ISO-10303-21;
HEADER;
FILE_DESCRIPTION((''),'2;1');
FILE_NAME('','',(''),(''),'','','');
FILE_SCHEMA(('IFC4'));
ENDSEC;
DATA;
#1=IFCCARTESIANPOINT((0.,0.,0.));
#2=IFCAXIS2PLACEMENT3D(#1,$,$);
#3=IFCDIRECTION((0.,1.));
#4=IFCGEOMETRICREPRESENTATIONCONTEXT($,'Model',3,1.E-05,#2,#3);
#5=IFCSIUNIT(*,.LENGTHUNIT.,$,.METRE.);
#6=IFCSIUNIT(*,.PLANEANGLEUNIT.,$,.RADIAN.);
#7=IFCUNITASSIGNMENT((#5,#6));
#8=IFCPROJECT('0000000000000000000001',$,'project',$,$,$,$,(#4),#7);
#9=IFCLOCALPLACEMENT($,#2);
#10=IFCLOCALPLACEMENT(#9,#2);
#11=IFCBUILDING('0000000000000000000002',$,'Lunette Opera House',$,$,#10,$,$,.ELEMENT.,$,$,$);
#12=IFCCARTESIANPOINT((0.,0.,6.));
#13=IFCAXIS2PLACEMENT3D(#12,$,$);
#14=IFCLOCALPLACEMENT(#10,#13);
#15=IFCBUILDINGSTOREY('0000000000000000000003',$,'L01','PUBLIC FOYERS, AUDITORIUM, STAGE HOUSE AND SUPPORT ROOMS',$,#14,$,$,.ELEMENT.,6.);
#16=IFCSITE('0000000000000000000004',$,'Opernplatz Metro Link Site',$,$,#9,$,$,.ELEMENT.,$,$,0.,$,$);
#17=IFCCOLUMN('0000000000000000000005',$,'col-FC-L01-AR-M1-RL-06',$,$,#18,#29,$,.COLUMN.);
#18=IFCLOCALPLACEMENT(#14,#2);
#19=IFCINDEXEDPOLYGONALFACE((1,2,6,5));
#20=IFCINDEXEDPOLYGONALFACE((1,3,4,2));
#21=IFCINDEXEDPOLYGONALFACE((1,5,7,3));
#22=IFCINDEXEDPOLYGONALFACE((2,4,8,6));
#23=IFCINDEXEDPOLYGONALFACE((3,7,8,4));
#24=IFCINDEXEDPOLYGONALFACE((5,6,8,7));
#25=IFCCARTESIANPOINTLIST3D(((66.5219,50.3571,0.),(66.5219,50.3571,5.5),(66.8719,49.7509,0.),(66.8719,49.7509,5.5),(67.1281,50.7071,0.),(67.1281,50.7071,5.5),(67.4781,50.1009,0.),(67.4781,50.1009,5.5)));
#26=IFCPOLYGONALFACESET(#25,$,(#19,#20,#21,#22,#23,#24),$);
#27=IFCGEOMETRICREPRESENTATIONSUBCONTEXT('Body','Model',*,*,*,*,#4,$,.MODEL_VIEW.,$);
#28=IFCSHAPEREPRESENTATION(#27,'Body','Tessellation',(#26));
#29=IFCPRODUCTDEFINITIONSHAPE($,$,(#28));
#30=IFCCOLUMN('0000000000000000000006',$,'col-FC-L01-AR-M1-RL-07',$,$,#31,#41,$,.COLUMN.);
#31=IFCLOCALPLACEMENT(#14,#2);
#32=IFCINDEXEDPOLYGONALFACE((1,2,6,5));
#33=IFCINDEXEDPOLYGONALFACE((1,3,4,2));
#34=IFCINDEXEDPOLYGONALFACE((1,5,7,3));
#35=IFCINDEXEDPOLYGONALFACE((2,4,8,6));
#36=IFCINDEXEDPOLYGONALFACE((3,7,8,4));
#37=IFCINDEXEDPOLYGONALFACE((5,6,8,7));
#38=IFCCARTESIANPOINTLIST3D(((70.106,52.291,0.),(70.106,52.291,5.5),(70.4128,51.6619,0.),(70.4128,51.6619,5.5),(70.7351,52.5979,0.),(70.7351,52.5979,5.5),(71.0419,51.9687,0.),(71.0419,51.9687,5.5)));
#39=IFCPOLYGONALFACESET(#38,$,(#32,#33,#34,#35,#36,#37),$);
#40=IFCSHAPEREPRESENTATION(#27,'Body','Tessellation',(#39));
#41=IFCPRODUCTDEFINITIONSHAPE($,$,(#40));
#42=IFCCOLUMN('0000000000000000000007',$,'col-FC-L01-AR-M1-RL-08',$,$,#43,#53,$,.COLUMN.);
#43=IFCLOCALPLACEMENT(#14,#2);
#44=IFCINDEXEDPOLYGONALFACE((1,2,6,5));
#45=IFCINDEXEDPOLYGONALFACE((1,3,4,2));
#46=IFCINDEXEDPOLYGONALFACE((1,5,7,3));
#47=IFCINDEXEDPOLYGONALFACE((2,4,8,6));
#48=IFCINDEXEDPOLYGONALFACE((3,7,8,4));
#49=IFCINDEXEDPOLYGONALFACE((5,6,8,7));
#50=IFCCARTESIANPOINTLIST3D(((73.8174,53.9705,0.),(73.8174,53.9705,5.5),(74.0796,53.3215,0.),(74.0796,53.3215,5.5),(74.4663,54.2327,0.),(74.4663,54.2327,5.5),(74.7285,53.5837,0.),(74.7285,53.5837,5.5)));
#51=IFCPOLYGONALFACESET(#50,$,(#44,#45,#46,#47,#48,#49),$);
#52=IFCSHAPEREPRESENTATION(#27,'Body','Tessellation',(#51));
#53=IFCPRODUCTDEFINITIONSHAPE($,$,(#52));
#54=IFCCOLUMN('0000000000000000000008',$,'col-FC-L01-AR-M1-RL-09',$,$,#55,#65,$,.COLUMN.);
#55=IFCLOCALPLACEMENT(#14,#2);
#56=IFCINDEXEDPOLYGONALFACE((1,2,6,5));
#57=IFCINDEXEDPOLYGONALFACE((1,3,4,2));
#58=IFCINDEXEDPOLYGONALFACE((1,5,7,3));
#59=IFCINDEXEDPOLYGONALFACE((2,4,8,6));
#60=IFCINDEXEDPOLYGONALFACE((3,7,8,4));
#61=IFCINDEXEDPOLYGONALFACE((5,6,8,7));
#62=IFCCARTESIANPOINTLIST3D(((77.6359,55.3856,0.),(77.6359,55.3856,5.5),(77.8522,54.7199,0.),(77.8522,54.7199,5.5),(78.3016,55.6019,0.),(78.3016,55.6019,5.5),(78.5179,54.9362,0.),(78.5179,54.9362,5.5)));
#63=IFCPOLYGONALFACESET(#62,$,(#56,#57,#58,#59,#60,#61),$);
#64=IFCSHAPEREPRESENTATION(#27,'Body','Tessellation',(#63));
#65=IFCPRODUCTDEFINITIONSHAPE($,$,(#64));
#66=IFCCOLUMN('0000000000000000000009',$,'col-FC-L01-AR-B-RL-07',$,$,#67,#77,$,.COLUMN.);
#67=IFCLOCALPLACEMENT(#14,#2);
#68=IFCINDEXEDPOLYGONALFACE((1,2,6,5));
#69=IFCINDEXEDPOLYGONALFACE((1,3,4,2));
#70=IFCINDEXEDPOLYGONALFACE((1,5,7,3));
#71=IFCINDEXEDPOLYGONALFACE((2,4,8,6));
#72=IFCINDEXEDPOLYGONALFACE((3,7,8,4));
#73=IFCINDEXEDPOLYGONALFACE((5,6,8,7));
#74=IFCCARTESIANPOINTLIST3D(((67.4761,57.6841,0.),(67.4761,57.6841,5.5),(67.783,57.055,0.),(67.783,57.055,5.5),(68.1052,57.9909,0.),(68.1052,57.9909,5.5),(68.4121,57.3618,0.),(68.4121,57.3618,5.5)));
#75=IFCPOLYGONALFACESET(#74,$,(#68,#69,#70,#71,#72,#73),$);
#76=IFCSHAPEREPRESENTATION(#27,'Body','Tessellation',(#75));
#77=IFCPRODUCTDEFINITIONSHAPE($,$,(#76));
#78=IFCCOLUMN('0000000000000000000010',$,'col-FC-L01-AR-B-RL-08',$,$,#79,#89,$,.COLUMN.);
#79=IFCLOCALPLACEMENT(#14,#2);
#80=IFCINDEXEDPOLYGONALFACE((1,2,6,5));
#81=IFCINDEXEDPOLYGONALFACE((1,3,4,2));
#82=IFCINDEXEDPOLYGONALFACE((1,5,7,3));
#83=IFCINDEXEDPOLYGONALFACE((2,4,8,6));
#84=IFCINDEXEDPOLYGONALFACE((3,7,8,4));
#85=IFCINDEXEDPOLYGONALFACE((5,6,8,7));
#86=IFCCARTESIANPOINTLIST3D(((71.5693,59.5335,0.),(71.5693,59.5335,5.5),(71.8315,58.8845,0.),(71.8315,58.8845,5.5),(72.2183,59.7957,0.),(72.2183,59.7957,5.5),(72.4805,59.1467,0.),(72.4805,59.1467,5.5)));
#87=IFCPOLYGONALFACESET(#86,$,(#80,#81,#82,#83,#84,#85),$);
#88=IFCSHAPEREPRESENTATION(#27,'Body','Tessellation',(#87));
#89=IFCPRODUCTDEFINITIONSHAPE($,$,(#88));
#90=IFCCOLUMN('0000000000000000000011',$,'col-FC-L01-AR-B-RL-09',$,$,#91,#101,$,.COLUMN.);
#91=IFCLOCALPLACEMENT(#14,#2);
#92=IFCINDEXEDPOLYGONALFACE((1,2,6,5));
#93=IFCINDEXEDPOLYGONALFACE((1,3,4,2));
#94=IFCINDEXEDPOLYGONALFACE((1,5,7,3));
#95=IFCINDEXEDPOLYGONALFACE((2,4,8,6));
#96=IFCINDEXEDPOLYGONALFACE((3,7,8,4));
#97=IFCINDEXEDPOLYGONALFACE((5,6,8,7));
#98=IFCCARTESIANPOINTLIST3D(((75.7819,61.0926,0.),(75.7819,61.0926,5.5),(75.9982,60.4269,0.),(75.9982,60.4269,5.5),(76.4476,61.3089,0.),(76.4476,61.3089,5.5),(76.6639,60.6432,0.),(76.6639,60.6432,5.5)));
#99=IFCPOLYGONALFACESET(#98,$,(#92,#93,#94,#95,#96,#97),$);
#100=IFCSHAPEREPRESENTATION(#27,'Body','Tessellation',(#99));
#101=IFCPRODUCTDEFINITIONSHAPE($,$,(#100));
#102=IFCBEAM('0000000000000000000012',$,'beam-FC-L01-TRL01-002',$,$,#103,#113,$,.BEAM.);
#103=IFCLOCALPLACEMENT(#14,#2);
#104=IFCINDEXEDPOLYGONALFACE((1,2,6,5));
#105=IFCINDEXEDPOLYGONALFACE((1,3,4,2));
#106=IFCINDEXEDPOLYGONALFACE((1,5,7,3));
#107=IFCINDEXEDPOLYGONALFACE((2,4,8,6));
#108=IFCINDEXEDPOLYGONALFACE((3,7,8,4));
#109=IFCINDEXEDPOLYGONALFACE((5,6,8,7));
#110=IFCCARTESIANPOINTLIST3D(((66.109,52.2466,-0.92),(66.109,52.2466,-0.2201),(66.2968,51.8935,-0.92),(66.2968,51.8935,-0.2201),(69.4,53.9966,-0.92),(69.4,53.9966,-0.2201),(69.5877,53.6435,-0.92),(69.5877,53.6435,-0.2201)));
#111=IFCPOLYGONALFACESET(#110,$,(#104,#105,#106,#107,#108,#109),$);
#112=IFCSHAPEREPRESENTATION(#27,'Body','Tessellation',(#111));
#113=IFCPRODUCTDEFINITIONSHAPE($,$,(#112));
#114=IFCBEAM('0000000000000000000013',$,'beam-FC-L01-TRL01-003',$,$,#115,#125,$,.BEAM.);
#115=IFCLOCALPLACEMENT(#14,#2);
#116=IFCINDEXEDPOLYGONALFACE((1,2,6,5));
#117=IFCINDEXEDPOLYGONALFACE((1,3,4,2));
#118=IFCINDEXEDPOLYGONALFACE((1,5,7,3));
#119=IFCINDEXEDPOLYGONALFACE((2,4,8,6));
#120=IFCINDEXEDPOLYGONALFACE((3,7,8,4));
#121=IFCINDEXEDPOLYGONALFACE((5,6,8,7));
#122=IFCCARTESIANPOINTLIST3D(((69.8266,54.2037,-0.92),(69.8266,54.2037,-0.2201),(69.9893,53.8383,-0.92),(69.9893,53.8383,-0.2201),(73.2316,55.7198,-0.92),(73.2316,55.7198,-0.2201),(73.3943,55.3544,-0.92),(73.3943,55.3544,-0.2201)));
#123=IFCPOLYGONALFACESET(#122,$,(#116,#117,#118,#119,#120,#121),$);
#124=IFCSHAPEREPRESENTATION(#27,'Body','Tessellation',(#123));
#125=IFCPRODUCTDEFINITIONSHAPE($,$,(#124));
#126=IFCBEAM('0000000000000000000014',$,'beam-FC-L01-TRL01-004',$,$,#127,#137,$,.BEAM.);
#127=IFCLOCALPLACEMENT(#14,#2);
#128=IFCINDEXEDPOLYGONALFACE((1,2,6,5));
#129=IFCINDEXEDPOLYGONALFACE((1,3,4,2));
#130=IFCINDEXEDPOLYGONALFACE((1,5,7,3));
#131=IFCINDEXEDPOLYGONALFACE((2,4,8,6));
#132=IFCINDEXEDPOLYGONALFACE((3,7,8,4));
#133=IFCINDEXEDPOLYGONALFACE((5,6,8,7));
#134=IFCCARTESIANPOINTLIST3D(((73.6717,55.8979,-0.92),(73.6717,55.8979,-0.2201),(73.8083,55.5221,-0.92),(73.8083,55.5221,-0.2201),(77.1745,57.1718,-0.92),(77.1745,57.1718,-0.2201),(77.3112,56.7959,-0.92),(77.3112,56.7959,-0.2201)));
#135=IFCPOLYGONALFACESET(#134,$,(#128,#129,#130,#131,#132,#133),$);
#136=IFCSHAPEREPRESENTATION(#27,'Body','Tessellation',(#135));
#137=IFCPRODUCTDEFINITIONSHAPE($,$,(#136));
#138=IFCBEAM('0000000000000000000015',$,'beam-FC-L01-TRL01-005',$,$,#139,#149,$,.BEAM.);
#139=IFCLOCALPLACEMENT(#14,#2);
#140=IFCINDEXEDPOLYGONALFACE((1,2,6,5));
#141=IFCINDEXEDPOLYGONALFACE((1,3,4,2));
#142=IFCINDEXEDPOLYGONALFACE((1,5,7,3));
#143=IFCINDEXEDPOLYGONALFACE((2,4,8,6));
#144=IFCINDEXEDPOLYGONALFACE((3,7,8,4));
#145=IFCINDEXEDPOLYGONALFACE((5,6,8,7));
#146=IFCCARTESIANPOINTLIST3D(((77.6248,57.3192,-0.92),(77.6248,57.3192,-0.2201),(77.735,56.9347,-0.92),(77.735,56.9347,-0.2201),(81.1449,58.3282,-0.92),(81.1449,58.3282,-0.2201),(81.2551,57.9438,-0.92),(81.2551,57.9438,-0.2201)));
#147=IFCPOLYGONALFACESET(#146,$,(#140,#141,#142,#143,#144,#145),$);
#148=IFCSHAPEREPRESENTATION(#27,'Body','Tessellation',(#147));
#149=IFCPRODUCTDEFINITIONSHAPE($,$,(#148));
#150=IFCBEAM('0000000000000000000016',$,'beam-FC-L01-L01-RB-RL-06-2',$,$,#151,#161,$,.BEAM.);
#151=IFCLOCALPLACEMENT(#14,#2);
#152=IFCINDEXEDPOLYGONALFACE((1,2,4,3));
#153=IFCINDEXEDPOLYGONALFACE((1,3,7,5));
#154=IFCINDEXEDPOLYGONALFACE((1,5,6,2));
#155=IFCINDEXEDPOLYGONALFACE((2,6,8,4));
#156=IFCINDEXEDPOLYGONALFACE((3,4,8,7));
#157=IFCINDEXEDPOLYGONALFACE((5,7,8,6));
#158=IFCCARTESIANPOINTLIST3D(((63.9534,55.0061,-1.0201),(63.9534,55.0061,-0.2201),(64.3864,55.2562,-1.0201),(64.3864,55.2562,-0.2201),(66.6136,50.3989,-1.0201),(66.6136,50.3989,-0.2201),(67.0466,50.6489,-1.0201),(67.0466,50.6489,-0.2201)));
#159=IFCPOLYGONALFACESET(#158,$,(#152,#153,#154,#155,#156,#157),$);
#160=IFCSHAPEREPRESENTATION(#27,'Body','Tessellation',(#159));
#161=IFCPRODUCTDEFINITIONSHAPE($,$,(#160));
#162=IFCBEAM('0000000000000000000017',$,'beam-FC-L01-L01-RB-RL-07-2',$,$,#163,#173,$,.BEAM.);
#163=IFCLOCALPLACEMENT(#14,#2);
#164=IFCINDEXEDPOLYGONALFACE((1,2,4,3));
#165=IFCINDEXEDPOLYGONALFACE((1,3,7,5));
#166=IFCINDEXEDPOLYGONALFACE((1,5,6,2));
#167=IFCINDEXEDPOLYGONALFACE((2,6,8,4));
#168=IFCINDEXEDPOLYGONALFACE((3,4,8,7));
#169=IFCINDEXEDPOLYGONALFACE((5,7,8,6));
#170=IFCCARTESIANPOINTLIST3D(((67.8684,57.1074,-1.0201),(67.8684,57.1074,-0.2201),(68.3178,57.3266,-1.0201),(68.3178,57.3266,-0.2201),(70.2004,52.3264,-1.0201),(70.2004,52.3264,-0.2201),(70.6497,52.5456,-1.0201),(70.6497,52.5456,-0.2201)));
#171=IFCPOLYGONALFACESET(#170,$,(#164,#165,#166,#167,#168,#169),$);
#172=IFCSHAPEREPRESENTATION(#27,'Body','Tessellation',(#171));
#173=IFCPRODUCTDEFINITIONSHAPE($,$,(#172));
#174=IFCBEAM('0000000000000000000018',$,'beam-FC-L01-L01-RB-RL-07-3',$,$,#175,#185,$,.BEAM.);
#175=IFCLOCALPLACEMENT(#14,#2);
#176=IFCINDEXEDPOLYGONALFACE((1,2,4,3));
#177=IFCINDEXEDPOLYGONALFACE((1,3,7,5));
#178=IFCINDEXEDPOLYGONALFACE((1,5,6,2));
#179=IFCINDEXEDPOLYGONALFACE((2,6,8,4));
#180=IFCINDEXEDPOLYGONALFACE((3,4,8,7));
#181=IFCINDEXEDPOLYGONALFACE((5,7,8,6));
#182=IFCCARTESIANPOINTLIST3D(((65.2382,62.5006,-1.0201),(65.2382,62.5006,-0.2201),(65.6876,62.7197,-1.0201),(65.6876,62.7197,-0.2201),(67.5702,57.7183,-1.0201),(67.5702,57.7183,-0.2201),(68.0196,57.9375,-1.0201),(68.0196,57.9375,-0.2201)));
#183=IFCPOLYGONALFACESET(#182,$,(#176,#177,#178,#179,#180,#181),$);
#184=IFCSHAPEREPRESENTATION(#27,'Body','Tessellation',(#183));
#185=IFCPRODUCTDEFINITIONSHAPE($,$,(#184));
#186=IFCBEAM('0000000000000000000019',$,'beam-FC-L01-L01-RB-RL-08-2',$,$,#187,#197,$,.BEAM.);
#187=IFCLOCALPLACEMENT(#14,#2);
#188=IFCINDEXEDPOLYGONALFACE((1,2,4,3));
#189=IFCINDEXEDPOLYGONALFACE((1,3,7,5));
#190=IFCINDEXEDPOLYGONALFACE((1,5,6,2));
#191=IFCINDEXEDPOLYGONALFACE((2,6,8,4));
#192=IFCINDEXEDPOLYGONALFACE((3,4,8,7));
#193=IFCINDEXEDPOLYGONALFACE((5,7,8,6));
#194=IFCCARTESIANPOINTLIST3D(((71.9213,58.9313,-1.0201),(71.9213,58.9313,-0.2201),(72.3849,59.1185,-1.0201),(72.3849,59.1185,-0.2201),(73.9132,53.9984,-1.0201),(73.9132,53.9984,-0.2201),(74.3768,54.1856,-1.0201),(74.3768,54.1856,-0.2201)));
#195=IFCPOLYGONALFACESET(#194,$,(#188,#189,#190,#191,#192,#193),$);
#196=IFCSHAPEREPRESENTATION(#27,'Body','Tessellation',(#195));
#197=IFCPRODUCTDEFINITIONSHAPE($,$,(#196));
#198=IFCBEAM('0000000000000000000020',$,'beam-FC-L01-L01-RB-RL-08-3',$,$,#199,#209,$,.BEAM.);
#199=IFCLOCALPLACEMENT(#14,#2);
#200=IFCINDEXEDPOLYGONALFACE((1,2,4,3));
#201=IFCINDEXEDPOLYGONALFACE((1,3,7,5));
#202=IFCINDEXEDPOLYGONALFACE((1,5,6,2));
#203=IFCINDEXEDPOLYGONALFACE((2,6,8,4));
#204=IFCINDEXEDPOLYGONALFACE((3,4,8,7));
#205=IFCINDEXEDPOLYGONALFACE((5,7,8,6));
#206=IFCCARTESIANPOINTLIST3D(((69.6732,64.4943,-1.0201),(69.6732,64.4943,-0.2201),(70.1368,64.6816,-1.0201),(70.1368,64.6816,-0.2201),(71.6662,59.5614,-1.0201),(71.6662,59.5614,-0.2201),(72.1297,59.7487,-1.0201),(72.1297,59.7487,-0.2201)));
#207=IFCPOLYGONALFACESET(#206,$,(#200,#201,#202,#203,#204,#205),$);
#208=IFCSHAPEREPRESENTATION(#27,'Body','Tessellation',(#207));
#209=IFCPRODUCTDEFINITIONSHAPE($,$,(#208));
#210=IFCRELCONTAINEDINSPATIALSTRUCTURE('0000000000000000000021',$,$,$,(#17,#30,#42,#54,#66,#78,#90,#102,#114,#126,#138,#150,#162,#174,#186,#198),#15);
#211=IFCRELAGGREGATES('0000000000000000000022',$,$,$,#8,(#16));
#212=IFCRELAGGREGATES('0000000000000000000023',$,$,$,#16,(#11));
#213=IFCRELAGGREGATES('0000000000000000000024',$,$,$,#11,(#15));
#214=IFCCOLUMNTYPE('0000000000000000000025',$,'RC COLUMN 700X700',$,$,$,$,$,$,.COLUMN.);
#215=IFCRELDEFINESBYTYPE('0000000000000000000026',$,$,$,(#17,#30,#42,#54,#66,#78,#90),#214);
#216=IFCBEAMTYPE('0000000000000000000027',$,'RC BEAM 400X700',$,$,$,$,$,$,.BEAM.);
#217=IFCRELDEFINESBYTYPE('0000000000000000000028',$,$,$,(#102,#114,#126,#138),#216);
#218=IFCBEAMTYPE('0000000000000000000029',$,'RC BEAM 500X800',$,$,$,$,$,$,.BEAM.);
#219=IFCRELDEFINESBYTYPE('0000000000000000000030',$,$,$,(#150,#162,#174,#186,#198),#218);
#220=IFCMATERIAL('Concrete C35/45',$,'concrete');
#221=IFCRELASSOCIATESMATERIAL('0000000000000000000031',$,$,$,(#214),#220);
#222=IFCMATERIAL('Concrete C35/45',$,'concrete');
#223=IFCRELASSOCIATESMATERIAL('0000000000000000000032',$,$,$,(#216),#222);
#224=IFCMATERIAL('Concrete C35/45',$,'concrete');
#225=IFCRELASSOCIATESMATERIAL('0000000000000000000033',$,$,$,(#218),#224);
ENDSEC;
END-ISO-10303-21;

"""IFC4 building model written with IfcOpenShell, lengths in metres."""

from ifc_helpers import new_model, si_unit, direction, frame, origin, origin_2d, place, context, subcontext, project, spatial, rectangle, extrude, material, material_profile, profile_set, type_object, element, save


model = new_model("IFC4")

# Units and contexts
model_context = context("Model", 3, precision=1e-05, world=origin(), true_north=direction((0.0, 1.0)))
body_context = subcontext(model_context, "Body", "Model", "MODEL_VIEW")
ifc_project = project(units=[si_unit("LENGTHUNIT", "METRE"), si_unit("PLANEANGLEUNIT", "RADIAN")], contexts=[model_context])

# Site, building, storey
site_placement = place(None, origin())
site = spatial("IfcSite", under=ifc_project, at=site_placement, Name="Opernplatz Metro Link Site", CompositionType="ELEMENT", RefElevation=0.0)
building_placement = place(site_placement, origin())
building = spatial("IfcBuilding", under=site, at=building_placement, Name="Lunette Opera House", CompositionType="ELEMENT")
storey_placement = place(building_placement, frame((0.0, 0.0, 6.0)))
storey = spatial("IfcBuildingStorey", under=building, at=storey_placement, Name="L01", Description="PUBLIC FOYERS, AUDITORIUM, STAGE HOUSE AND SUPPORT ROOMS", CompositionType="ELEMENT", Elevation=6.0)

# Columns
ifc_material_1 = material(Name="Concrete C35/45", Category="concrete")
ifc_material_profile_1 = material_profile(ifc_material_1, rectangle(XDim=0.7, YDim=0.7, at=origin_2d()), Name="RC COLUMN 700X700")
ifc_profile_set_1 = profile_set([ifc_material_profile_1], Name="Concrete C35/45")
column_type = type_object("IfcColumnType", Name="RC COLUMN 700X700", PredefinedType="COLUMN", material=ifc_profile_set_1)
for number, where, z_axis, x_axis, name in (
    (1, (67.0, 50.229, 0.0), (0.0, 0.0, 1.0), (0.866025, 0.5, 0.0), "col-FC-L01-AR-M1-RL-06"),
    (2, (70.574, 52.1299, 0.0), (0.0, 0.0, 1.0), (0.898794, 0.438371, 0.0), "col-FC-L01-AR-M1-RL-07"),
    (3, (74.2729, 53.7771, 0.0), (0.0, 0.0, 1.0), (0.927184, 0.374607, 0.0), "col-FC-L01-AR-M1-RL-08"),
    (4, (78.0769, 55.1609, 0.0), (0.0, 0.0, 1.0), (0.951057, 0.309017, 0.0), "col-FC-L01-AR-M1-RL-09"),
    (5, (67.9441, 57.5229, 0.0), (0.0, 0.0, 1.0), (0.898794, 0.438371, 0.0), "col-FC-L01-AR-B-RL-07"),
    (6, (72.0249, 59.3401, 0.0), (0.0, 0.0, 1.0), (0.927184, 0.374607, 0.0), "col-FC-L01-AR-B-RL-08"),
    (7, (76.2229, 60.8679, 0.0), (0.0, 0.0, 1.0), (0.951057, 0.309017, 0.0), "col-FC-L01-AR-B-RL-09"),
):
    element("IfcColumn", number, at=place(storey_placement, frame(where, z_axis=z_axis, x_axis=x_axis)), inside=storey, type_object=column_type, Name=name, PredefinedType="COLUMN", context=body_context, shape_type="SweptSolid", body=[
        extrude(rectangle(XDim=0.7, YDim=0.7, at=origin_2d()), origin(), (0.0, 0.0, 1.0), 5.5),
    ])

# Beams
ifc_material_2 = material(Name="Concrete C35/45", Category="concrete")
ifc_material_profile_2 = material_profile(ifc_material_2, rectangle(XDim=0.3999, YDim=0.7, at=origin_2d()), Name="RC BEAM 400X700")
ifc_profile_set_2 = profile_set([ifc_material_profile_2], Name="Concrete C35/45")
beam_type_1 = type_object("IfcBeamType", Name="RC BEAM 400X700", PredefinedType="BEAM", material=ifc_profile_set_2)
for number, where, z_axis, x_axis, name in (
    (8, (66.2029, 52.0701, -0.5701), (0.882932, 0.4695, 0.0), (-0.4695, 0.882932, 0.0), "beam-FC-L01-TRL01-002"),
    (9, (69.908, 54.021, -0.5701), (0.913536, 0.406758, 0.0), (-0.406758, 0.913536, 0.0), "beam-FC-L01-TRL01-003"),
    (10, (73.74, 55.71, -0.5701), (0.939782, 0.341775, 0.0), (-0.341775, 0.939782, 0.0), "beam-FC-L01-TRL01-004"),
):
    element("IfcBeam", number, at=place(storey_placement, frame(where, z_axis=z_axis, x_axis=x_axis)), inside=storey, type_object=beam_type_1, Name=name, PredefinedType="BEAM", context=body_context, shape_type="SweptSolid", body=[
        extrude(rectangle(XDim=0.3999, YDim=0.7, at=origin_2d()), origin(), (0.0, 0.0, 1.0), 3.7273),
    ])
beam_1_placement = place(storey_placement, frame((77.6799, 57.127, -0.5701), z_axis=(0.961285, 0.275558, 0.0), x_axis=(-0.275558, 0.961285, 0.0)))
element("IfcBeam", 11, at=beam_1_placement, inside=storey, type_object=beam_type_1, Name="beam-FC-L01-TRL01-005", PredefinedType="BEAM", context=body_context, shape_type="SweptSolid", body=[
    extrude(rectangle(XDim=0.3999, YDim=0.7, at=origin_2d()), origin(), (0.0, 0.0, 1.0), 3.6619),
])
ifc_material_3 = material(Name="Concrete C35/45", Category="concrete")
ifc_material_profile_3 = material_profile(ifc_material_3, rectangle(XDim=0.5, YDim=0.8, at=origin_2d()), Name="RC BEAM 500X800")
ifc_profile_set_3 = profile_set([ifc_material_profile_3], Name="Concrete C35/45")
beam_type_2 = type_object("IfcBeamType", Name="RC BEAM 500X800", PredefinedType="BEAM", material=ifc_profile_set_3)
beam_2_placement = place(storey_placement, frame((66.8301, 50.5239, -0.6201), z_axis=(-0.500028, 0.866009, 0.0), x_axis=(-0.866009, -0.500028, 0.0)))
element("IfcBeam", 12, at=beam_2_placement, inside=storey, type_object=beam_type_2, Name="beam-FC-L01-L01-RB-RL-06-2", PredefinedType="BEAM", context=body_context, shape_type="SweptSolid", body=[
    extrude(rectangle(XDim=0.5, YDim=0.8, at=origin_2d()), origin(), (0.0, 0.0, 1.0), 5.3201),
])
beam_3_placement = place(storey_placement, frame((70.425, 52.436, -0.6201), z_axis=(-0.438398, 0.898781, 0.0), x_axis=(-0.898781, -0.438398, 0.0)))
element("IfcBeam", 13, at=beam_3_placement, inside=storey, type_object=beam_type_2, Name="beam-FC-L01-L01-RB-RL-07-2", PredefinedType="BEAM", context=body_context, shape_type="SweptSolid", body=[
    extrude(rectangle(XDim=0.5, YDim=0.8, at=origin_2d()), origin(), (0.0, 0.0, 1.0), 5.3193),
])
beam_4_placement = place(storey_placement, frame((67.7949, 57.8279, -0.6201), z_axis=(-0.438308, 0.898825, 0.0), x_axis=(-0.898825, -0.438308, 0.0)))
element("IfcBeam", 14, at=beam_4_placement, inside=storey, type_object=beam_type_2, Name="beam-FC-L01-L01-RB-RL-07-3", PredefinedType="BEAM", context=body_context, shape_type="SweptSolid", body=[
    extrude(rectangle(XDim=0.5, YDim=0.8, at=origin_2d()), origin(), (0.0, 0.0, 1.0), 5.3206),
])
beam_5_placement = place(storey_placement, frame((74.145, 54.092, -0.6201), z_axis=(-0.374435, 0.927253, 0.0), x_axis=(-0.927253, -0.374435, 0.0)))
element("IfcBeam", 15, at=beam_5_placement, inside=storey, type_object=beam_type_2, Name="beam-FC-L01-L01-RB-RL-08-2", PredefinedType="BEAM", context=body_context, shape_type="SweptSolid", body=[
    extrude(rectangle(XDim=0.5, YDim=0.8, at=origin_2d()), origin(), (0.0, 0.0, 1.0), 5.3198),
])
beam_6_placement = place(storey_placement, frame((71.8979, 59.655, -0.6201), z_axis=(-0.374593, 0.927189, 0.0), x_axis=(-0.927189, -0.374593, 0.0)))
element("IfcBeam", 16, at=beam_6_placement, inside=storey, type_object=beam_type_2, Name="beam-FC-L01-L01-RB-RL-08-3", PredefinedType="BEAM", context=body_context, shape_type="SweptSolid", body=[
    extrude(rectangle(XDim=0.5, YDim=0.8, at=origin_2d()), origin(), (0.0, 0.0, 1.0), 5.3203),
])

save(model, "model.ifc")
